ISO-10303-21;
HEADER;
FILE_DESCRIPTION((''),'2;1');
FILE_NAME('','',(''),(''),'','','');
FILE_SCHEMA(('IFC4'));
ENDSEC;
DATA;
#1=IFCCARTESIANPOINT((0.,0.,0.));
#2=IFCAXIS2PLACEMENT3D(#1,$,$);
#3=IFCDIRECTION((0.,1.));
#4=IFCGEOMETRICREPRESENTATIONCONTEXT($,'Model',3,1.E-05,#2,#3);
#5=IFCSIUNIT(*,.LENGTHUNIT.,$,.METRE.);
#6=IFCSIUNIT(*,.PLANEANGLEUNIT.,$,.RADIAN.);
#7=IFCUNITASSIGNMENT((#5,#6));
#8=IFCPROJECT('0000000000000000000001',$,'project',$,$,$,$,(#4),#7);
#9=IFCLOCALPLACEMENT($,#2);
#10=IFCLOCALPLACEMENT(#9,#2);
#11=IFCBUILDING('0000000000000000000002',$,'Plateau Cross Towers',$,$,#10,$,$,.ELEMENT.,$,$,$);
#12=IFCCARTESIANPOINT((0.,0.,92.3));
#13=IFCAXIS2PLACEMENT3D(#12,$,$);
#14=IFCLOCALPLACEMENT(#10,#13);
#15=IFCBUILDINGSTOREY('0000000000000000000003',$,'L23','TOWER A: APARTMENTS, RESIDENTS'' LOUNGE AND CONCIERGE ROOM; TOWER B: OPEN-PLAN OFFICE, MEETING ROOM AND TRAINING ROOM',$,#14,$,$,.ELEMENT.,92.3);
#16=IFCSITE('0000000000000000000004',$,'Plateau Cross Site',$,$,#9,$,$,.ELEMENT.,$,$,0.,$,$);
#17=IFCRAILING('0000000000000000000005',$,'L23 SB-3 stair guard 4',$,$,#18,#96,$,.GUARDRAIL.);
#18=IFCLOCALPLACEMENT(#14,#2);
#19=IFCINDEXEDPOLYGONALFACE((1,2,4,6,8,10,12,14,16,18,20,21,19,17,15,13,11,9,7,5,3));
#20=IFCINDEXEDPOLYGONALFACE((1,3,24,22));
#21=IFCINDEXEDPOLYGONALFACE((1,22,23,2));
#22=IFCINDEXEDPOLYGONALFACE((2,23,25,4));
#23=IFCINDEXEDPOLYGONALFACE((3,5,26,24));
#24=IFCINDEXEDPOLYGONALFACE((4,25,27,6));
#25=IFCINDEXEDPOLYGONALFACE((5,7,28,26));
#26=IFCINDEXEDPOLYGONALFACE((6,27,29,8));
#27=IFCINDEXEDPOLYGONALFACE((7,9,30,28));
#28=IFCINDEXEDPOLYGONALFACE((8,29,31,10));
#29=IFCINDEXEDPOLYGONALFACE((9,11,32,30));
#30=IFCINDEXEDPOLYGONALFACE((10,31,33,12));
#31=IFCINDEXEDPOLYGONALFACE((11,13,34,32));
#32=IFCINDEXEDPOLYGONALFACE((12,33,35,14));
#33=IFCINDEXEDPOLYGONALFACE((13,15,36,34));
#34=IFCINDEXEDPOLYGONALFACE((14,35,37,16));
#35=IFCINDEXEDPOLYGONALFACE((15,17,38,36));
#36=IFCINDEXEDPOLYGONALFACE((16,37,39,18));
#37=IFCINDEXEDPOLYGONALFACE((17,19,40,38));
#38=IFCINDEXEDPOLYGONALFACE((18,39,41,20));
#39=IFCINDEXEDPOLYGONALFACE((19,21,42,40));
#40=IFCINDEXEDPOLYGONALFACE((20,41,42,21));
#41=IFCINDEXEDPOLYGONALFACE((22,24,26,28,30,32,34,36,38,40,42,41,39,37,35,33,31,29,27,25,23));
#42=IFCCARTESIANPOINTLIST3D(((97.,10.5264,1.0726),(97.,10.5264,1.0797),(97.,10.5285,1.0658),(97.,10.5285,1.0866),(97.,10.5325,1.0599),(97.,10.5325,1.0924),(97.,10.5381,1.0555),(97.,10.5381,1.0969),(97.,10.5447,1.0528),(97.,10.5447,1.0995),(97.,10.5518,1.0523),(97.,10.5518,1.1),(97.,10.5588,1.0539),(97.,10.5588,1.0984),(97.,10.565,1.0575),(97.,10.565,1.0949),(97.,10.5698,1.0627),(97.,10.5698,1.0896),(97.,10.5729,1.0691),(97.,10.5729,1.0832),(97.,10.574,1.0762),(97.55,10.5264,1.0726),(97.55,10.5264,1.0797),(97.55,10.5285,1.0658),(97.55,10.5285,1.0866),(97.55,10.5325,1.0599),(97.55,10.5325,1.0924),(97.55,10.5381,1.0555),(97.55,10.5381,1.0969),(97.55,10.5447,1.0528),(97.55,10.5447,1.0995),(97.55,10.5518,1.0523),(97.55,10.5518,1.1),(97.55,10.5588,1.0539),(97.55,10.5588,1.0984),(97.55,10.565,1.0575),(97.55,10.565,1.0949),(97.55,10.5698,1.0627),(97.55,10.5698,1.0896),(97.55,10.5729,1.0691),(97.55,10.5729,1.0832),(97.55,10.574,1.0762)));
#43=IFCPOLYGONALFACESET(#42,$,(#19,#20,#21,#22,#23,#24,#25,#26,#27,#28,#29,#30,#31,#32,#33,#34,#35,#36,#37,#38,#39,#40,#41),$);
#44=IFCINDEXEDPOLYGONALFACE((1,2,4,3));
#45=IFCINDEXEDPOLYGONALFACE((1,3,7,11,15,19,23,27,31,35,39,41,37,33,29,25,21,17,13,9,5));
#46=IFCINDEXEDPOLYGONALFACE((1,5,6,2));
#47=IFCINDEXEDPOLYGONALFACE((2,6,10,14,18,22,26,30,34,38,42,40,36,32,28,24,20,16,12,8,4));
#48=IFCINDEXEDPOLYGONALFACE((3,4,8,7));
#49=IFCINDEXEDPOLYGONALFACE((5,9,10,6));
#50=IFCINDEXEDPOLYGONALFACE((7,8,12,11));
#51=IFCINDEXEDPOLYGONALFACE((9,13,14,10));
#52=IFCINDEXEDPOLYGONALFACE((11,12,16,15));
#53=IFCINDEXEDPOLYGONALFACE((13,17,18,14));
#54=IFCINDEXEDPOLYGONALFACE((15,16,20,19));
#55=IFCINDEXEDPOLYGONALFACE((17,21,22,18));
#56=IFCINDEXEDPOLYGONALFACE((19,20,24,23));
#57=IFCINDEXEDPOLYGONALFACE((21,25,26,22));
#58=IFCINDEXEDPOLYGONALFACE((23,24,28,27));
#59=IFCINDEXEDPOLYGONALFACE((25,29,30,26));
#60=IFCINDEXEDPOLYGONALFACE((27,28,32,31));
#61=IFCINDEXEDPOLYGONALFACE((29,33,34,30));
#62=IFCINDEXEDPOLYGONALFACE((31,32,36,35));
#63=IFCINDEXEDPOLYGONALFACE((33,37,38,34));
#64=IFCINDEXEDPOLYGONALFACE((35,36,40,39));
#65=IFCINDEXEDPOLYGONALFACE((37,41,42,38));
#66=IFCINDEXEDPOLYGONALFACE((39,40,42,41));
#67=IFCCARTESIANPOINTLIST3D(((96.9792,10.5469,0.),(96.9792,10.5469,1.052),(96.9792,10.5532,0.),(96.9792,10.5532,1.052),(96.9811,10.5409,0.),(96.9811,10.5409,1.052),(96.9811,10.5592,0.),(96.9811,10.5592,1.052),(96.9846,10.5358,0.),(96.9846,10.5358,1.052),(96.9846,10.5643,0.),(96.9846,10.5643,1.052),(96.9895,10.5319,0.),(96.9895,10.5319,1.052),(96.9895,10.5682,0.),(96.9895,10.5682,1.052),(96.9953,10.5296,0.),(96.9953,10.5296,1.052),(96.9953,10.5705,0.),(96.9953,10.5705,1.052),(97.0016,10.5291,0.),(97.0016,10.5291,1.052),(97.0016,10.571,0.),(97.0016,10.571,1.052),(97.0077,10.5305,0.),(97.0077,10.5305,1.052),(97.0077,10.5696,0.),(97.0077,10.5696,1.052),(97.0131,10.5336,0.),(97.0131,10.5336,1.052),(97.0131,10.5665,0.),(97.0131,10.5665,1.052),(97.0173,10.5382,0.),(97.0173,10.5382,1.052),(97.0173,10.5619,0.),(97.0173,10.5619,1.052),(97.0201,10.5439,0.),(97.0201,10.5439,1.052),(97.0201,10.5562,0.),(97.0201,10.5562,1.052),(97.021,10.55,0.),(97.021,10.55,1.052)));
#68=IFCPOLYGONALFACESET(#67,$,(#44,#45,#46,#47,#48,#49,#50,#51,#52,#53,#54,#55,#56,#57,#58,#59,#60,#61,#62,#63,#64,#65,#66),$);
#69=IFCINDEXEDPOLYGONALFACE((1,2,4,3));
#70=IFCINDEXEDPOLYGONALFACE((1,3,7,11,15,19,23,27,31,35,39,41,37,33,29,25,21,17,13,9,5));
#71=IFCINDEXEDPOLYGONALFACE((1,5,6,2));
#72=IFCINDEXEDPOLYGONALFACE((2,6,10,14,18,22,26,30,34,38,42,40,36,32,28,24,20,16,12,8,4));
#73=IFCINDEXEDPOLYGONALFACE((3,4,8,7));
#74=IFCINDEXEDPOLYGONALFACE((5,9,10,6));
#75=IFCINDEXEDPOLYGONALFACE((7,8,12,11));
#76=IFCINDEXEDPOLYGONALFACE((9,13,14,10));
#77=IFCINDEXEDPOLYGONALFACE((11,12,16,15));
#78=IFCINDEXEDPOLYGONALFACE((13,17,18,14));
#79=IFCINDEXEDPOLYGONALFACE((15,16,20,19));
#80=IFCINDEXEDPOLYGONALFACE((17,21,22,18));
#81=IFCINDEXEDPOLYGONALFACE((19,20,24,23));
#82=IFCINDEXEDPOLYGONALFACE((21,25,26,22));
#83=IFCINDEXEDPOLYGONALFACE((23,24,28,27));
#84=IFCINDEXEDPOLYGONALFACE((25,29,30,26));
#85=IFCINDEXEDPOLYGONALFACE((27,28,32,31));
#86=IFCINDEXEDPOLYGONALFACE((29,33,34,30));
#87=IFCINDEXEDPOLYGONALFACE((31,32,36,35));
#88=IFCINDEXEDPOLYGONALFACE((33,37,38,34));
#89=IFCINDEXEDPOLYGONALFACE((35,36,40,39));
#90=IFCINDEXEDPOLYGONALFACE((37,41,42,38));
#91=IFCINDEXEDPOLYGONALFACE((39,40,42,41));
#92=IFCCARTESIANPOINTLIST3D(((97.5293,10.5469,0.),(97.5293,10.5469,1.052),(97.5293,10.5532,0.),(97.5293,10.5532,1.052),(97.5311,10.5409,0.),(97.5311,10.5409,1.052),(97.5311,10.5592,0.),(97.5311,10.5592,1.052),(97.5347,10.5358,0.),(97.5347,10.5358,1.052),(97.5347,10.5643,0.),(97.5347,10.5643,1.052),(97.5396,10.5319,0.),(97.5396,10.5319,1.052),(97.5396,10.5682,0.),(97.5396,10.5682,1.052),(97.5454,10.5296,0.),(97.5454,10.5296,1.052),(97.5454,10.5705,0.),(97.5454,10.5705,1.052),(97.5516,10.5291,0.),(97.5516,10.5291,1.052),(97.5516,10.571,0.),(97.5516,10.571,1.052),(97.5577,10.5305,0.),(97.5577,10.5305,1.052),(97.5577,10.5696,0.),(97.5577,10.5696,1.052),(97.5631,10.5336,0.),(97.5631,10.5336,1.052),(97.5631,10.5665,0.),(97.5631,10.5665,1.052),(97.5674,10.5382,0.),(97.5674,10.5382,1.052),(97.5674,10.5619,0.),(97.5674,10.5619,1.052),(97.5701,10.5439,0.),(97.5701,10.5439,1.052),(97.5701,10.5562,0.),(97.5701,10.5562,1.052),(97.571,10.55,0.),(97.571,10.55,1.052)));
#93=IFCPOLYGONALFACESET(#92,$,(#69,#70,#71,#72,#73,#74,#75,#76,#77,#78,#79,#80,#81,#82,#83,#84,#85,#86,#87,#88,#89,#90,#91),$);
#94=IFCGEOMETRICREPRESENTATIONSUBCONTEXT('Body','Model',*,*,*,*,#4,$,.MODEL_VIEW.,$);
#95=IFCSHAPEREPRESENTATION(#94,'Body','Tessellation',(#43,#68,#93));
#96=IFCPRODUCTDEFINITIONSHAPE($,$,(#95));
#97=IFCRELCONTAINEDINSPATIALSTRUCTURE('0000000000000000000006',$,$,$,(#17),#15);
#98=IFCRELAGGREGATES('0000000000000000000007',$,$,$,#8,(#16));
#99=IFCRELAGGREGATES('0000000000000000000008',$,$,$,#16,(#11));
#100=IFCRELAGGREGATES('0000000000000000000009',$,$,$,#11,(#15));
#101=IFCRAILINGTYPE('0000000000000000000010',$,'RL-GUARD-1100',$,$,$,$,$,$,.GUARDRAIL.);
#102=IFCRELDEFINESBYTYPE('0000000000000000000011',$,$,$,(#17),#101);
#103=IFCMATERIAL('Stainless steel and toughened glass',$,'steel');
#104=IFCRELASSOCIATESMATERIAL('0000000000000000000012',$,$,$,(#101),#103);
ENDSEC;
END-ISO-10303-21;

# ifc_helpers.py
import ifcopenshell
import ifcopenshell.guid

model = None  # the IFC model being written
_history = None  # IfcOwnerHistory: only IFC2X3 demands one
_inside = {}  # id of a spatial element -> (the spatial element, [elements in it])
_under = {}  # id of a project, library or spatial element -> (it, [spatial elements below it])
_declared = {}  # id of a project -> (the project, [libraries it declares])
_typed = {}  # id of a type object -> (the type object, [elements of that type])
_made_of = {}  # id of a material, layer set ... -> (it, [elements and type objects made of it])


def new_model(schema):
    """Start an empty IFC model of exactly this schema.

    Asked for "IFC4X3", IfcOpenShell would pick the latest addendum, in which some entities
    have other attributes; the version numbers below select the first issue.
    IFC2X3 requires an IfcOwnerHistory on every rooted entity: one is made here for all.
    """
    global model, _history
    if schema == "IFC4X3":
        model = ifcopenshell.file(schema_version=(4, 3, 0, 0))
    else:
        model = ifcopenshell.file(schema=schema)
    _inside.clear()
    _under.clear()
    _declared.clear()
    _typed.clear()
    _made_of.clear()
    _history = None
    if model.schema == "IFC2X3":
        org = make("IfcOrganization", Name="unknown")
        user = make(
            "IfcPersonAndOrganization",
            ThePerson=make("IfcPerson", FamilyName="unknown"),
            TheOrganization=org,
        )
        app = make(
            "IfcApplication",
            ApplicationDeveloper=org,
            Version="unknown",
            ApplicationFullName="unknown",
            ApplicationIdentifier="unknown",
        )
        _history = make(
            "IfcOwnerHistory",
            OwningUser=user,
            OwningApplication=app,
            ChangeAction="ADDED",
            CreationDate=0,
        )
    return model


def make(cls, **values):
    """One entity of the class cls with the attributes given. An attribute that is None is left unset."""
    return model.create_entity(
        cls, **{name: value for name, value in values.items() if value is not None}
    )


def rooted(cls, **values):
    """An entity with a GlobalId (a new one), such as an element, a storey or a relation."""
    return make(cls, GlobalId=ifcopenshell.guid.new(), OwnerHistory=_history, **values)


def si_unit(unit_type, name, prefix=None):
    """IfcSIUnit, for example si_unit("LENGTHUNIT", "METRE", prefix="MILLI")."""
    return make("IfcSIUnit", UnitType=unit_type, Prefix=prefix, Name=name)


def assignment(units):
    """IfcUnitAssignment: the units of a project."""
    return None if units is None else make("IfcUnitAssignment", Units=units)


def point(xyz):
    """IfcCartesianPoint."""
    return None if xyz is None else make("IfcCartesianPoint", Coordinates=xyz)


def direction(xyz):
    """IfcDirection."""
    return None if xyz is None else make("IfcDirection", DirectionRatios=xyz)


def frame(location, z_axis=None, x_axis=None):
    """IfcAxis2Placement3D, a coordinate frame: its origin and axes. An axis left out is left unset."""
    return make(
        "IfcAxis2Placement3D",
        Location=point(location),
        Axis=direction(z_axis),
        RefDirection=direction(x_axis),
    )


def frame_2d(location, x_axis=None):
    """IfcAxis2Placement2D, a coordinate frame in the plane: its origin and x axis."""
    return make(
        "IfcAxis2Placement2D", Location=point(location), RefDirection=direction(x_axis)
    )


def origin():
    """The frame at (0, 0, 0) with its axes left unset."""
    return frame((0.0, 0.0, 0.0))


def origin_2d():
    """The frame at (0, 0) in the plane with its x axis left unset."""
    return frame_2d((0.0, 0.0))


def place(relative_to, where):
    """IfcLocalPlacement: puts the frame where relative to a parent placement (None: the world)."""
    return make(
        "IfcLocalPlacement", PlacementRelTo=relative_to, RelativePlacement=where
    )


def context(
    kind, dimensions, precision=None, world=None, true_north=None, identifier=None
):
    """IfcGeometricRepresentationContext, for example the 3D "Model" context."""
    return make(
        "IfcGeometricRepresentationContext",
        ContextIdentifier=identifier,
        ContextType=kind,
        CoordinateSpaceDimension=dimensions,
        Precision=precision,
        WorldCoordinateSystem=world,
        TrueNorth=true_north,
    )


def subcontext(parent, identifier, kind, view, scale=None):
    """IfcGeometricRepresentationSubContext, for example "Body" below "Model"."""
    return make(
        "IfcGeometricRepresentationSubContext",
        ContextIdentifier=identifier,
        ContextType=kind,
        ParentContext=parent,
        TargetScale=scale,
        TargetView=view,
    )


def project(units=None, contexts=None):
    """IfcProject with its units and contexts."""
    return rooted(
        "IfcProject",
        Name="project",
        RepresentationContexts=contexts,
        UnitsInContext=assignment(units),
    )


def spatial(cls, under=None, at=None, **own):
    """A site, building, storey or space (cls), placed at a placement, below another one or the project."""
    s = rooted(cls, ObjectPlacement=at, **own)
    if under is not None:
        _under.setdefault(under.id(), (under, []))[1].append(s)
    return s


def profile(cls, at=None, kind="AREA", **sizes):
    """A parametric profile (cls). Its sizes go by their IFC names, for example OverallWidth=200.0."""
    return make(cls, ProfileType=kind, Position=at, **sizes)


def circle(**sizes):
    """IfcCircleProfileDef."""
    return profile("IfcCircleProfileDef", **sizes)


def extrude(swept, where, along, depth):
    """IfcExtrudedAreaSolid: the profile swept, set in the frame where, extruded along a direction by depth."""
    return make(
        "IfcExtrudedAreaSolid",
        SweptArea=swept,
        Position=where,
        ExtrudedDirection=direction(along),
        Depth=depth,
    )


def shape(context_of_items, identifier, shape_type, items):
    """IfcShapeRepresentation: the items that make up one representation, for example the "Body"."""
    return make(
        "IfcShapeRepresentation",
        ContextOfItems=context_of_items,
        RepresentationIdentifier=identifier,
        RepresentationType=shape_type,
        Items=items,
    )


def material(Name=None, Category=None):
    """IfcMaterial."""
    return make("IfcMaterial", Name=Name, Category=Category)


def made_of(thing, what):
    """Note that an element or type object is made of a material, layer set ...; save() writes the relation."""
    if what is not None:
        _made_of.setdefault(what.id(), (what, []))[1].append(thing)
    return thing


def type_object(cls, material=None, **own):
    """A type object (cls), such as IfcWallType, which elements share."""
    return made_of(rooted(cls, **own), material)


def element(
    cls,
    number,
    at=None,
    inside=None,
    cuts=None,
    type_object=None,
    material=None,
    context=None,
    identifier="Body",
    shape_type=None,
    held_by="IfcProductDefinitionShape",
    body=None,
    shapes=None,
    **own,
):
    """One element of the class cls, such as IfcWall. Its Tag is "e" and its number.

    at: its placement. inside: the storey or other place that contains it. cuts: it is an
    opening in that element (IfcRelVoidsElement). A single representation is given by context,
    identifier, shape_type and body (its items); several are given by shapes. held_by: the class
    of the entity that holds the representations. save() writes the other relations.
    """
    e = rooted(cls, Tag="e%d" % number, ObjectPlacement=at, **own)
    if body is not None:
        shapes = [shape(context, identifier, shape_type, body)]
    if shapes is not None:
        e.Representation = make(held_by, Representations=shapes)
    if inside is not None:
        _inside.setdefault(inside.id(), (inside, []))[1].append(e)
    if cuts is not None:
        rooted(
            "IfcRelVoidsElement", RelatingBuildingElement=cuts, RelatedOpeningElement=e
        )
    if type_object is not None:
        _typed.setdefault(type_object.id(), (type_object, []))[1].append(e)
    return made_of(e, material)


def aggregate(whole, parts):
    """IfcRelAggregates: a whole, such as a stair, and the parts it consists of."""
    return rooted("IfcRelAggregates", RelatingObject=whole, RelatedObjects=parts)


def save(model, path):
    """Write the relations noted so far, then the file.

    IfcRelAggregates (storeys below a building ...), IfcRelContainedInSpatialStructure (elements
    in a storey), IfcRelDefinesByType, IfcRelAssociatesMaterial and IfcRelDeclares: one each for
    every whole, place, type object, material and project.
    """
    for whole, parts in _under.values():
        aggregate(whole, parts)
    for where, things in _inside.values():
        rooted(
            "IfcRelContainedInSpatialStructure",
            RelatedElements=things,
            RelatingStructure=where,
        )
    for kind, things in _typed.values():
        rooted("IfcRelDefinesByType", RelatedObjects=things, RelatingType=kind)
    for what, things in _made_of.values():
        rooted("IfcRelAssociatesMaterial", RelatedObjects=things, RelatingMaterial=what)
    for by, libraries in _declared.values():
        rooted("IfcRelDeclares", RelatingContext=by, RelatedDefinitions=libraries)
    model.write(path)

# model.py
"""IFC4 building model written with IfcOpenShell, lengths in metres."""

from ifc_helpers import new_model, si_unit, direction, frame, origin, origin_2d, place, context, subcontext, project, spatial, circle, extrude, material, type_object, element, save


model = new_model("IFC4")

# Units and contexts
model_context = context("Model", 3, precision=1e-05, world=origin(), true_north=direction((0.0, 1.0)))
body_context = subcontext(model_context, "Body", "Model", "MODEL_VIEW")
ifc_project = project(units=[si_unit("LENGTHUNIT", "METRE"), si_unit("PLANEANGLEUNIT", "RADIAN")], contexts=[model_context])

# Site, building, storey
site_placement = place(None, origin())
site = spatial("IfcSite", under=ifc_project, at=site_placement, Name="Plateau Cross Site", CompositionType="ELEMENT", RefElevation=0.0)
building_placement = place(site_placement, origin())
building = spatial("IfcBuilding", under=site, at=building_placement, Name="Plateau Cross Towers", CompositionType="ELEMENT")
storey_placement = place(building_placement, frame((0.0, 0.0, 92.3)))
storey = spatial("IfcBuildingStorey", under=building, at=storey_placement, Name="L23", Description="TOWER A: APARTMENTS, RESIDENTS' LOUNGE AND CONCIERGE ROOM; TOWER B: OPEN-PLAN OFFICE, MEETING ROOM AND TRAINING ROOM", CompositionType="ELEMENT", Elevation=92.3)

# Railing
ifc_material_1 = material(Name="Stainless steel and toughened glass", Category="steel")
railing_type_1 = type_object("IfcRailingType", Name="RL-GUARD-1100", PredefinedType="GUARDRAIL", material=ifc_material_1)
railing_1_placement = place(storey_placement, frame((97.0, 10.55, 0.0)))
element("IfcRailing", 1, at=railing_1_placement, inside=storey, type_object=railing_type_1, Name="L23 SB-3 stair guard 4", PredefinedType="GUARDRAIL", context=body_context, shape_type="SweptSolid", body=[
    extrude(circle(Radius=0.0239, at=origin_2d()), frame((0.0, 0.0, 1.0762), z_axis=(1.0, 0.0, 0.0), x_axis=(0.0, 1.0, 0.0)), (0.0, 0.0, 1.0), 0.55),
    extrude(circle(Radius=0.021, at=origin_2d()), origin(), (0.0, 0.0, 1.0), 1.052),
    extrude(circle(Radius=0.021, at=origin_2d()), frame((0.55, 0.0, 0.0)), (0.0, 0.0, 1.0), 1.052),
])

save(model, "model.ifc")
